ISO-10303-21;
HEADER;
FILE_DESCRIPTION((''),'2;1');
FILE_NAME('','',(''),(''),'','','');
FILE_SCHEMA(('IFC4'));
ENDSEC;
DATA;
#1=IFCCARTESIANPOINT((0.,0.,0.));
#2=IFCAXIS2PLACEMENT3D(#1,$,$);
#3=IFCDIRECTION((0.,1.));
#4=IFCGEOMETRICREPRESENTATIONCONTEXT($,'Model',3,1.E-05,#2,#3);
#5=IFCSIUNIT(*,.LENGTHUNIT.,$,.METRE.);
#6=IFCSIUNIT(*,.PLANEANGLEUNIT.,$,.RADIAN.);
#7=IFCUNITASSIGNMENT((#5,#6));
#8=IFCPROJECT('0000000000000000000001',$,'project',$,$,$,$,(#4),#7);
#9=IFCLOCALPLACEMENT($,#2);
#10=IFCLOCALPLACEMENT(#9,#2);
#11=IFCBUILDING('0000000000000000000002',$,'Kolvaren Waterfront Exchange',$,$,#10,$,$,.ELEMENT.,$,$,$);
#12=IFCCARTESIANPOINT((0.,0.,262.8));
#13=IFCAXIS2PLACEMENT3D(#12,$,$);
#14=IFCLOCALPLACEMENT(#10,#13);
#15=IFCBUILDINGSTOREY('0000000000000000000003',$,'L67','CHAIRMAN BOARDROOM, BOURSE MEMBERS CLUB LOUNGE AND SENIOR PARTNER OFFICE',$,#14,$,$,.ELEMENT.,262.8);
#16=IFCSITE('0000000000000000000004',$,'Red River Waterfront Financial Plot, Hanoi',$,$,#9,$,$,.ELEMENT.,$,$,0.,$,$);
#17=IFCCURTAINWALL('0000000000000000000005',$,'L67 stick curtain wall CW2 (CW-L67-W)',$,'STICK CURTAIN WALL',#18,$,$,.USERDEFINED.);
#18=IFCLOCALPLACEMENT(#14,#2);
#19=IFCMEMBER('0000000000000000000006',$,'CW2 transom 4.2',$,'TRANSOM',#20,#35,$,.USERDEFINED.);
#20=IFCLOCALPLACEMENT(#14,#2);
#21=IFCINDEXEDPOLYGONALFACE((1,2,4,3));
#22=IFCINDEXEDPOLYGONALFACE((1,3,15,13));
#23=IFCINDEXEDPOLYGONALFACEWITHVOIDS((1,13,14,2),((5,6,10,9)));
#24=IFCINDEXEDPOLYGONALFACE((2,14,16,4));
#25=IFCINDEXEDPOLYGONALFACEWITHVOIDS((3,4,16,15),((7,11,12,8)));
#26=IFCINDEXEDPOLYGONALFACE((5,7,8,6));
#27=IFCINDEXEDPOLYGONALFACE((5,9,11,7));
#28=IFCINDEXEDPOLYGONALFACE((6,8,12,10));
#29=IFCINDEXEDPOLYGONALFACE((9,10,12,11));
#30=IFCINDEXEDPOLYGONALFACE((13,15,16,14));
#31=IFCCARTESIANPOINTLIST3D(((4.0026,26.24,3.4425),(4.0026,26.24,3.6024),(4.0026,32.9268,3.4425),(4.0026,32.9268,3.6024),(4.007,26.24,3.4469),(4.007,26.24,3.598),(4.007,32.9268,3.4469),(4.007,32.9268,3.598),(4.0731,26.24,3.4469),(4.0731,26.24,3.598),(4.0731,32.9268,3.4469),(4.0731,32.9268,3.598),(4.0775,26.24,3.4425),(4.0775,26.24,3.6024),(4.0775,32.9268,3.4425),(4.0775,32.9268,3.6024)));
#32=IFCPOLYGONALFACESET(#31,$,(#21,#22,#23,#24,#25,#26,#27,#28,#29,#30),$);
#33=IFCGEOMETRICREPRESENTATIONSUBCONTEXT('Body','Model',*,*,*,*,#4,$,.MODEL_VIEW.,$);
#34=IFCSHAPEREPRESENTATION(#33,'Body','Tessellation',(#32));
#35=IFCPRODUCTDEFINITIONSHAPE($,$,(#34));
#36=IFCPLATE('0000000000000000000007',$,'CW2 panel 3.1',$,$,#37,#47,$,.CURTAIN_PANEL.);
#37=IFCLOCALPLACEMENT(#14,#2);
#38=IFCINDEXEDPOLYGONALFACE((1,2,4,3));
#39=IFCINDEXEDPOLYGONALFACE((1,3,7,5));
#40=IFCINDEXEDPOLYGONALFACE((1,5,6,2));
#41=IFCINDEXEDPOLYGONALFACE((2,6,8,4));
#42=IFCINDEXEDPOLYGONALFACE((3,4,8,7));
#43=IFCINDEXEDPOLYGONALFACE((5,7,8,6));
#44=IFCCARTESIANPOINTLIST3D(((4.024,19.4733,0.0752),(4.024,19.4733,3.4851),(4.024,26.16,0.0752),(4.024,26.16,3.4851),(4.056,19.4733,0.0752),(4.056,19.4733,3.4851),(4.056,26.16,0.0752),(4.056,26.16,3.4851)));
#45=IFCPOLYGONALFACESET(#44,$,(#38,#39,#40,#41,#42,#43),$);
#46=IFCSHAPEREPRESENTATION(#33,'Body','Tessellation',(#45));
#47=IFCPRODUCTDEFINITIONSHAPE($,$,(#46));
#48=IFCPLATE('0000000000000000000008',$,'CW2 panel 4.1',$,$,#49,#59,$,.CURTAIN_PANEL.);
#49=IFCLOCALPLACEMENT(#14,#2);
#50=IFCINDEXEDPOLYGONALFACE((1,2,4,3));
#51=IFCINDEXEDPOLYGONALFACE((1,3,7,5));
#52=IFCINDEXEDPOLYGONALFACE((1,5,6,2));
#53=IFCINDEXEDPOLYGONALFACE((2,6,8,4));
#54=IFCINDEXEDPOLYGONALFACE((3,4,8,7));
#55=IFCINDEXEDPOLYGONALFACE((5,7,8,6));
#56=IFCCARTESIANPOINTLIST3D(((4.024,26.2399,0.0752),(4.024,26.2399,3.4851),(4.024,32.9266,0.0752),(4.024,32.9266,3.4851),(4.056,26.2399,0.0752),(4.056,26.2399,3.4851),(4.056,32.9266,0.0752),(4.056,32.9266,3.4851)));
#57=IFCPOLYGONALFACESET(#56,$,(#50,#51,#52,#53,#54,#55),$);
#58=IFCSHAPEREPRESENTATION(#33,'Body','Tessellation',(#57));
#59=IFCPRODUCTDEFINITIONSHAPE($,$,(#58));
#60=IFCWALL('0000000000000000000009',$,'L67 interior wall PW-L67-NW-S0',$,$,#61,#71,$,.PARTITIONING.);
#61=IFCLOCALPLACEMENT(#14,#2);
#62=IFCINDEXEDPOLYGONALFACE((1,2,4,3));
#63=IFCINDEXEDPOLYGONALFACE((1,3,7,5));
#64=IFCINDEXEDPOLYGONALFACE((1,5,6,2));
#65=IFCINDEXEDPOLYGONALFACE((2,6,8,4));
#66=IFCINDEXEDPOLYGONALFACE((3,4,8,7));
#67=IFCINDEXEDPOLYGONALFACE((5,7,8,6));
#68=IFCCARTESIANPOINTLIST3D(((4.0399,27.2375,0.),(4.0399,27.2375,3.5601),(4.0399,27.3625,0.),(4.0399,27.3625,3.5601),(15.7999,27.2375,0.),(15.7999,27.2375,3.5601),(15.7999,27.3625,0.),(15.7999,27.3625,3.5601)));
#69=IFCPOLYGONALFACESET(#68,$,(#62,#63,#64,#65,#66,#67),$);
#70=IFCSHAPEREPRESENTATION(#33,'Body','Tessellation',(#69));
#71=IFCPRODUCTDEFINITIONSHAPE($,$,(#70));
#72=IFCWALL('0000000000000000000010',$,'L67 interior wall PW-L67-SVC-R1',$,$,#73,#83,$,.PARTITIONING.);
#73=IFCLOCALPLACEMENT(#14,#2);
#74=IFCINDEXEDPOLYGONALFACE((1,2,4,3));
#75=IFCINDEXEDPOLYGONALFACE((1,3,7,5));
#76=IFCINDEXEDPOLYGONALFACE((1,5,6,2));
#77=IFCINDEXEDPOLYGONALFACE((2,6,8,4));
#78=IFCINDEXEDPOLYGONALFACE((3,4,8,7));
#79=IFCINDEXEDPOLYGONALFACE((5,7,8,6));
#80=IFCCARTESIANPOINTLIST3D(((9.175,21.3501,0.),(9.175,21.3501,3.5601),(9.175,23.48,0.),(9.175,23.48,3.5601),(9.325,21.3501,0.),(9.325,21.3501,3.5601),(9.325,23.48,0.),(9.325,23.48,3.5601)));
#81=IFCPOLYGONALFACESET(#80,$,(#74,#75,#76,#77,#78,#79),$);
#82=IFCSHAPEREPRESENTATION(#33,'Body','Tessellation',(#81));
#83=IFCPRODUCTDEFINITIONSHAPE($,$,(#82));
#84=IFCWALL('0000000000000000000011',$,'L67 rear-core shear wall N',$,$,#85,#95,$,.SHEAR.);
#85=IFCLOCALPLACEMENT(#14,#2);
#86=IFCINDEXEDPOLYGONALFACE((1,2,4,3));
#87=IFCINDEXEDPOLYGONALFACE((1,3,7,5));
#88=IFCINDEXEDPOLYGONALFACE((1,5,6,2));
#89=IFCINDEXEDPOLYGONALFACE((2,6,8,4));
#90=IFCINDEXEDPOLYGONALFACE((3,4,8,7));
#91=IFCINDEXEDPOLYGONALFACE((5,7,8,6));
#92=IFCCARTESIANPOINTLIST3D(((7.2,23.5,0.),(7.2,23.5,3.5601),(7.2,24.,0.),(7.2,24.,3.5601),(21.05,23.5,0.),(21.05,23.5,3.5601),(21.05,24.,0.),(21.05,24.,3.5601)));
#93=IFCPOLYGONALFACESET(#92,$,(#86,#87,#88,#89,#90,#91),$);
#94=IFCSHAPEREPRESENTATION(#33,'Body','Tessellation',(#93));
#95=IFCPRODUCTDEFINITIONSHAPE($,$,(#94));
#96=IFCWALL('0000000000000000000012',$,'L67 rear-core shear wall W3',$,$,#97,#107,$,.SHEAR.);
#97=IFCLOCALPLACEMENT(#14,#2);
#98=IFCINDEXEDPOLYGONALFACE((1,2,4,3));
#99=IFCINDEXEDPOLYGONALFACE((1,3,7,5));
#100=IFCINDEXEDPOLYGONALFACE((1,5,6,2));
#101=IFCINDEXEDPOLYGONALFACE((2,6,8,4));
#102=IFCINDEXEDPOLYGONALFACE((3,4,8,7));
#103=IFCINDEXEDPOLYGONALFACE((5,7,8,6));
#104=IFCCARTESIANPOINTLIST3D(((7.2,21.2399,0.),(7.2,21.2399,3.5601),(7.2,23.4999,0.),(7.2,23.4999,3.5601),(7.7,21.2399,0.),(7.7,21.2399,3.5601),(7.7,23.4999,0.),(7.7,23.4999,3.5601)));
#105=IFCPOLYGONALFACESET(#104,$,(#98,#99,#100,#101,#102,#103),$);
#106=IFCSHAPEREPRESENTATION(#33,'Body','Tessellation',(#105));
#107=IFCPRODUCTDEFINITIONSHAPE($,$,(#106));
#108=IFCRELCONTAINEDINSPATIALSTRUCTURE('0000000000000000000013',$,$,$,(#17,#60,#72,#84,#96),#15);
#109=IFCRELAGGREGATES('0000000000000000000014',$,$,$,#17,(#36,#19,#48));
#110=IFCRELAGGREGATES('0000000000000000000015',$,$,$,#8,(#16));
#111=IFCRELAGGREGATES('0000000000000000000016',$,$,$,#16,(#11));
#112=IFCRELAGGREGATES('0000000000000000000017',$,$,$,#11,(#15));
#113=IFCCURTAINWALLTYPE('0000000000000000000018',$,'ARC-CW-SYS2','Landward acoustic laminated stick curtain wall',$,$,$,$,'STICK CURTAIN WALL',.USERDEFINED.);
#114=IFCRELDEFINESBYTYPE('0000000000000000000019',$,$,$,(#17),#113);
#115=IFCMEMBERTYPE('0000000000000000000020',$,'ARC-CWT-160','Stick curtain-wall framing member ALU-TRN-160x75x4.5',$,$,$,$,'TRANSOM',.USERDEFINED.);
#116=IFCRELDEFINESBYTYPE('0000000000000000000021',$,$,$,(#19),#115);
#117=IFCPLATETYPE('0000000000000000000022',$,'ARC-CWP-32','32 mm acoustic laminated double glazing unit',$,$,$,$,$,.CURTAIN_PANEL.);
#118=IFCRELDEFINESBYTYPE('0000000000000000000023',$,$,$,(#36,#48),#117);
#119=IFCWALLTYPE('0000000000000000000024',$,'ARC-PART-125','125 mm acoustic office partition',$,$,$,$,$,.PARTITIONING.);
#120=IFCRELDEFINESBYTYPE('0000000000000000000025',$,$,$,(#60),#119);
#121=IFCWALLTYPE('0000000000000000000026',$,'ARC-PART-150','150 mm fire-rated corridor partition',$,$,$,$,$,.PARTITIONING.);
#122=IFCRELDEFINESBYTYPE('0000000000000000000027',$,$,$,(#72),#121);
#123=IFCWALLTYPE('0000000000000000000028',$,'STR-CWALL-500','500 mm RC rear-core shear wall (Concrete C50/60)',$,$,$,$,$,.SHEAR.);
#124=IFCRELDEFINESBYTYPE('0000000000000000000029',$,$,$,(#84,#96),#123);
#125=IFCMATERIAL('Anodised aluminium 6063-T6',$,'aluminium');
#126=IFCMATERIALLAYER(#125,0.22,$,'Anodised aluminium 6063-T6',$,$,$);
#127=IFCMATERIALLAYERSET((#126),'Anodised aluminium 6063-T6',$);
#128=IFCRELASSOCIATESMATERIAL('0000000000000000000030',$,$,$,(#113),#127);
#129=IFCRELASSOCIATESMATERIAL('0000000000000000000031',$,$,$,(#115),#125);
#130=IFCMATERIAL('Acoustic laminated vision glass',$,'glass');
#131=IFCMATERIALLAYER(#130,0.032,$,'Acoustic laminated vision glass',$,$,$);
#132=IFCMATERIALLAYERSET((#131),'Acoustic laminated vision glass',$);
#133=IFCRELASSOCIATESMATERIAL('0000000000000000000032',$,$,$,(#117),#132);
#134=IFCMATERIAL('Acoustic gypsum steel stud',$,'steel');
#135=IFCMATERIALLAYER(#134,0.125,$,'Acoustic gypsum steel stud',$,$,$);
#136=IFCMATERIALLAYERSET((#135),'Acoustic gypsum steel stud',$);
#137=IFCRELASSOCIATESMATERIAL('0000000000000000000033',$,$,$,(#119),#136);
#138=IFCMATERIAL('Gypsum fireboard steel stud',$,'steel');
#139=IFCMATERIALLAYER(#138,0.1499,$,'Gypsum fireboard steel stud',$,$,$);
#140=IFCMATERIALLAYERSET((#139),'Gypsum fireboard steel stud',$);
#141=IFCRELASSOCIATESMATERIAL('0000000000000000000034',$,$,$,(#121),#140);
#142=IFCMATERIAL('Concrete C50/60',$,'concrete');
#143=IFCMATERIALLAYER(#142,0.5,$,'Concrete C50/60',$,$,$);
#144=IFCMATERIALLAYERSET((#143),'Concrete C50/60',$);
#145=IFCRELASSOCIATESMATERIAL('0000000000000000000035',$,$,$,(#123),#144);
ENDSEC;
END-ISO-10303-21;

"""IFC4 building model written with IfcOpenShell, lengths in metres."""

from ifc_helpers import new_model, si_unit, direction, frame, frame_2d, origin, origin_with_axes, origin_2d, place, context, subcontext, project, spatial, rectangle, hollow_rectangle, extrude, source, transform, mapped, material, layer, layer_set, material_profile, profile_set, type_object, element, aggregate, save


model = new_model("IFC4")

# Units and contexts
model_context = context("Model", 3, precision=1e-05, world=origin(), true_north=direction((0.0, 1.0)))
body_context = subcontext(model_context, "Body", "Model", "MODEL_VIEW")
ifc_project = project(units=[si_unit("LENGTHUNIT", "METRE"), si_unit("PLANEANGLEUNIT", "RADIAN")], contexts=[model_context])

# Site, building, storey
site_placement = place(None, origin())
site = spatial("IfcSite", under=ifc_project, at=site_placement, Name="Red River Waterfront Financial Plot, Hanoi", CompositionType="ELEMENT", RefElevation=0.0)
building_placement = place(site_placement, origin())
building = spatial("IfcBuilding", under=site, at=building_placement, Name="Kolvaren Waterfront Exchange", CompositionType="ELEMENT")
storey_placement = place(building_placement, frame((0.0, 0.0, 262.8)))
storey = spatial("IfcBuildingStorey", under=building, at=storey_placement, Name="L67", Description="CHAIRMAN BOARDROOM, BOURSE MEMBERS CLUB LOUNGE AND SENIOR PARTNER OFFICE", CompositionType="ELEMENT", Elevation=262.8)

# Shared definitions
ifc_material_1 = material(Name="Concrete C50/60", Category="concrete")

# Curtain wall, member, plates
ifc_material_2 = material(Name="Anodised aluminium 6063-T6", Category="aluminium")
ifc_layer_1 = layer(ifc_material_2, 0.22, Name="Anodised aluminium 6063-T6")
ifc_layer_set_1 = layer_set([ifc_layer_1], Name="Anodised aluminium 6063-T6")
curtain_wall_type = type_object("IfcCurtainWallType", Name="ARC-CW-SYS2", Description="Landward acoustic laminated stick curtain wall", ElementType="STICK CURTAIN WALL", PredefinedType="USERDEFINED", material=ifc_layer_set_1)
curtain_wall_placement = place(storey_placement, origin())
curtain_wall = element("IfcCurtainWall", 1, at=curtain_wall_placement, inside=storey, type_object=curtain_wall_type, Name="L67 stick curtain wall CW2 (CW-L67-W)", ObjectType="STICK CURTAIN WALL", PredefinedType="USERDEFINED")
ifc_material_profile_1 = material_profile(ifc_material_2, hollow_rectangle(XDim=0.075, YDim=0.1599, WallThickness=0.0044, at=origin_2d()), Name="ALU-TRN-160x75x4.5")
ifc_profile_set_1 = profile_set([ifc_material_profile_1], Name="Anodised aluminium 6063-T6")
member_type_1 = type_object("IfcMemberType", Name="ARC-CWT-160", Description="Stick curtain-wall framing member ALU-TRN-160x75x4.5", ElementType="TRANSOM", PredefinedType="USERDEFINED", material=ifc_profile_set_1)
shared_shape_1 = source(origin_with_axes(), body_context, "Body", "SweptSolid", [
    extrude(hollow_rectangle(XDim=0.075, YDim=0.1599, WallThickness=0.0044, at=origin_2d()), origin(), (0.0, 0.0, 1.0), 6.6868),
])
member_1_placement = place(storey_placement, frame((4.04, 26.24, 3.5225), z_axis=(0.0, 1.0, 0.0), x_axis=(-1.0, 0.0, 0.0)))
member_1 = element("IfcMember", 2, at=member_1_placement, type_object=member_type_1, Name="CW2 transom 4.2", ObjectType="TRANSOM", PredefinedType="USERDEFINED", context=body_context, shape_type="MappedRepresentation", body=[
    mapped(shared_shape_1, transform((0.0, 0.0, 0.0), x_axis=(1.0, 0.0, 0.0), y_axis=(0.0, 1.0, 0.0), z_axis=(0.0, 0.0, 1.0), scale=1.0)),
])
ifc_material_3 = material(Name="Acoustic laminated vision glass", Category="glass")
ifc_layer_2 = layer(ifc_material_3, 0.032, Name="Acoustic laminated vision glass")
ifc_layer_set_2 = layer_set([ifc_layer_2], Name="Acoustic laminated vision glass")
plate_type = type_object("IfcPlateType", Name="ARC-CWP-32", Description="32 mm acoustic laminated double glazing unit", PredefinedType="CURTAIN_PANEL", material=ifc_layer_set_2)
shared_shape_2 = source(origin_with_axes(), body_context, "Body", "SweptSolid", [
    extrude(rectangle(XDim=6.6868, YDim=0.032, at=origin_2d()), origin(), (0.0, 0.0, 1.0), 3.4099),
])
plate_1_placement = place(storey_placement, frame((4.04, 22.8167, 0.0752), z_axis=(0.0, 0.0, 1.0), x_axis=(0.0, 1.0, 0.0)))
plate_1 = element("IfcPlate", 3, at=plate_1_placement, type_object=plate_type, Name="CW2 panel 3.1", PredefinedType="CURTAIN_PANEL", context=body_context, shape_type="MappedRepresentation", body=[
    mapped(shared_shape_2, transform((0.0, 0.0, 0.0), x_axis=(1.0, 0.0, 0.0), y_axis=(0.0, 1.0, 0.0), z_axis=(0.0, 0.0, 1.0), scale=1.0)),
])
plate_2_placement = place(storey_placement, frame((4.04, 29.5833, 0.0752), z_axis=(0.0, 0.0, 1.0), x_axis=(0.0, 1.0, 0.0)))
plate_2 = element("IfcPlate", 4, at=plate_2_placement, type_object=plate_type, Name="CW2 panel 4.1", PredefinedType="CURTAIN_PANEL", context=body_context, shape_type="MappedRepresentation", body=[
    mapped(shared_shape_2, transform((0.0, 0.0, 0.0), x_axis=(1.0, 0.0, 0.0), y_axis=(0.0, 1.0, 0.0), z_axis=(0.0, 0.0, 1.0), scale=1.0)),
])
aggregate(curtain_wall, [plate_1, member_1, plate_2])

# Walls
ifc_material_4 = material(Name="Acoustic gypsum steel stud", Category="steel")
ifc_layer_3 = layer(ifc_material_4, 0.125, Name="Acoustic gypsum steel stud")
ifc_layer_set_3 = layer_set([ifc_layer_3], Name="Acoustic gypsum steel stud")
wall_type_1 = type_object("IfcWallType", Name="ARC-PART-125", Description="125 mm acoustic office partition", PredefinedType="PARTITIONING", material=ifc_layer_set_3)
wall_1_placement = place(storey_placement, frame((4.04, 27.3, 0.0), z_axis=(0.0, 0.0, 1.0), x_axis=(1.0, 0.0, 0.0)))
element("IfcWall", 5, at=wall_1_placement, inside=storey, type_object=wall_type_1, Name="L67 interior wall PW-L67-NW-S0", PredefinedType="PARTITIONING", context=body_context, shape_type="SweptSolid", body=[
    extrude(rectangle(XDim=11.76, YDim=0.125, at=frame_2d((5.8799, 0.0))), origin(), (0.0, 0.0, 1.0), 3.5601),
])
ifc_material_5 = material(Name="Gypsum fireboard steel stud", Category="steel")
ifc_layer_4 = layer(ifc_material_5, 0.1499, Name="Gypsum fireboard steel stud")
ifc_layer_set_4 = layer_set([ifc_layer_4], Name="Gypsum fireboard steel stud")
wall_type_2 = type_object("IfcWallType", Name="ARC-PART-150", Description="150 mm fire-rated corridor partition", PredefinedType="PARTITIONING", material=ifc_layer_set_4)
wall_2_placement = place(storey_placement, frame((9.25, 21.3501, 0.0), z_axis=(0.0, 0.0, 1.0), x_axis=(0.0, 1.0, 0.0)))
element("IfcWall", 6, at=wall_2_placement, inside=storey, type_object=wall_type_2, Name="L67 interior wall PW-L67-SVC-R1", PredefinedType="PARTITIONING", context=body_context, shape_type="SweptSolid", body=[
    extrude(rectangle(XDim=2.1299, YDim=0.1499, at=frame_2d((1.0649, 0.0))), origin(), (0.0, 0.0, 1.0), 3.5601),
])

# Walls
ifc_layer_5 = layer(ifc_material_1, 0.5, Name="Concrete C50/60")
ifc_layer_set_5 = layer_set([ifc_layer_5], Name="Concrete C50/60")
wall_type_3 = type_object("IfcWallType", Name="STR-CWALL-500", Description="500 mm RC rear-core shear wall (Concrete C50/60)", PredefinedType="SHEAR", material=ifc_layer_set_5)
wall_3_placement = place(storey_placement, frame((7.2, 23.75, 0.0), z_axis=(0.0, 0.0, 1.0), x_axis=(1.0, 0.0, 0.0)))
element("IfcWall", 7, at=wall_3_placement, inside=storey, type_object=wall_type_3, Name="L67 rear-core shear wall N", PredefinedType="SHEAR", context=body_context, shape_type="SweptSolid", body=[
    extrude(rectangle(XDim=13.8501, YDim=0.5, at=frame_2d((6.925, 0.0))), origin(), (0.0, 0.0, 1.0), 3.5601),
])
wall_4_placement = place(storey_placement, frame((7.45, 21.24, 0.0), z_axis=(0.0, 0.0, 1.0), x_axis=(0.0, 1.0, 0.0)))
element("IfcWall", 8, at=wall_4_placement, inside=storey, type_object=wall_type_3, Name="L67 rear-core shear wall W3", PredefinedType="SHEAR", context=body_context, shape_type="SweptSolid", body=[
    extrude(rectangle(XDim=2.26, YDim=0.5, at=frame_2d((1.1299, 0.0))), origin(), (0.0, 0.0, 1.0), 3.5601),
])

save(model, "model.ifc")
